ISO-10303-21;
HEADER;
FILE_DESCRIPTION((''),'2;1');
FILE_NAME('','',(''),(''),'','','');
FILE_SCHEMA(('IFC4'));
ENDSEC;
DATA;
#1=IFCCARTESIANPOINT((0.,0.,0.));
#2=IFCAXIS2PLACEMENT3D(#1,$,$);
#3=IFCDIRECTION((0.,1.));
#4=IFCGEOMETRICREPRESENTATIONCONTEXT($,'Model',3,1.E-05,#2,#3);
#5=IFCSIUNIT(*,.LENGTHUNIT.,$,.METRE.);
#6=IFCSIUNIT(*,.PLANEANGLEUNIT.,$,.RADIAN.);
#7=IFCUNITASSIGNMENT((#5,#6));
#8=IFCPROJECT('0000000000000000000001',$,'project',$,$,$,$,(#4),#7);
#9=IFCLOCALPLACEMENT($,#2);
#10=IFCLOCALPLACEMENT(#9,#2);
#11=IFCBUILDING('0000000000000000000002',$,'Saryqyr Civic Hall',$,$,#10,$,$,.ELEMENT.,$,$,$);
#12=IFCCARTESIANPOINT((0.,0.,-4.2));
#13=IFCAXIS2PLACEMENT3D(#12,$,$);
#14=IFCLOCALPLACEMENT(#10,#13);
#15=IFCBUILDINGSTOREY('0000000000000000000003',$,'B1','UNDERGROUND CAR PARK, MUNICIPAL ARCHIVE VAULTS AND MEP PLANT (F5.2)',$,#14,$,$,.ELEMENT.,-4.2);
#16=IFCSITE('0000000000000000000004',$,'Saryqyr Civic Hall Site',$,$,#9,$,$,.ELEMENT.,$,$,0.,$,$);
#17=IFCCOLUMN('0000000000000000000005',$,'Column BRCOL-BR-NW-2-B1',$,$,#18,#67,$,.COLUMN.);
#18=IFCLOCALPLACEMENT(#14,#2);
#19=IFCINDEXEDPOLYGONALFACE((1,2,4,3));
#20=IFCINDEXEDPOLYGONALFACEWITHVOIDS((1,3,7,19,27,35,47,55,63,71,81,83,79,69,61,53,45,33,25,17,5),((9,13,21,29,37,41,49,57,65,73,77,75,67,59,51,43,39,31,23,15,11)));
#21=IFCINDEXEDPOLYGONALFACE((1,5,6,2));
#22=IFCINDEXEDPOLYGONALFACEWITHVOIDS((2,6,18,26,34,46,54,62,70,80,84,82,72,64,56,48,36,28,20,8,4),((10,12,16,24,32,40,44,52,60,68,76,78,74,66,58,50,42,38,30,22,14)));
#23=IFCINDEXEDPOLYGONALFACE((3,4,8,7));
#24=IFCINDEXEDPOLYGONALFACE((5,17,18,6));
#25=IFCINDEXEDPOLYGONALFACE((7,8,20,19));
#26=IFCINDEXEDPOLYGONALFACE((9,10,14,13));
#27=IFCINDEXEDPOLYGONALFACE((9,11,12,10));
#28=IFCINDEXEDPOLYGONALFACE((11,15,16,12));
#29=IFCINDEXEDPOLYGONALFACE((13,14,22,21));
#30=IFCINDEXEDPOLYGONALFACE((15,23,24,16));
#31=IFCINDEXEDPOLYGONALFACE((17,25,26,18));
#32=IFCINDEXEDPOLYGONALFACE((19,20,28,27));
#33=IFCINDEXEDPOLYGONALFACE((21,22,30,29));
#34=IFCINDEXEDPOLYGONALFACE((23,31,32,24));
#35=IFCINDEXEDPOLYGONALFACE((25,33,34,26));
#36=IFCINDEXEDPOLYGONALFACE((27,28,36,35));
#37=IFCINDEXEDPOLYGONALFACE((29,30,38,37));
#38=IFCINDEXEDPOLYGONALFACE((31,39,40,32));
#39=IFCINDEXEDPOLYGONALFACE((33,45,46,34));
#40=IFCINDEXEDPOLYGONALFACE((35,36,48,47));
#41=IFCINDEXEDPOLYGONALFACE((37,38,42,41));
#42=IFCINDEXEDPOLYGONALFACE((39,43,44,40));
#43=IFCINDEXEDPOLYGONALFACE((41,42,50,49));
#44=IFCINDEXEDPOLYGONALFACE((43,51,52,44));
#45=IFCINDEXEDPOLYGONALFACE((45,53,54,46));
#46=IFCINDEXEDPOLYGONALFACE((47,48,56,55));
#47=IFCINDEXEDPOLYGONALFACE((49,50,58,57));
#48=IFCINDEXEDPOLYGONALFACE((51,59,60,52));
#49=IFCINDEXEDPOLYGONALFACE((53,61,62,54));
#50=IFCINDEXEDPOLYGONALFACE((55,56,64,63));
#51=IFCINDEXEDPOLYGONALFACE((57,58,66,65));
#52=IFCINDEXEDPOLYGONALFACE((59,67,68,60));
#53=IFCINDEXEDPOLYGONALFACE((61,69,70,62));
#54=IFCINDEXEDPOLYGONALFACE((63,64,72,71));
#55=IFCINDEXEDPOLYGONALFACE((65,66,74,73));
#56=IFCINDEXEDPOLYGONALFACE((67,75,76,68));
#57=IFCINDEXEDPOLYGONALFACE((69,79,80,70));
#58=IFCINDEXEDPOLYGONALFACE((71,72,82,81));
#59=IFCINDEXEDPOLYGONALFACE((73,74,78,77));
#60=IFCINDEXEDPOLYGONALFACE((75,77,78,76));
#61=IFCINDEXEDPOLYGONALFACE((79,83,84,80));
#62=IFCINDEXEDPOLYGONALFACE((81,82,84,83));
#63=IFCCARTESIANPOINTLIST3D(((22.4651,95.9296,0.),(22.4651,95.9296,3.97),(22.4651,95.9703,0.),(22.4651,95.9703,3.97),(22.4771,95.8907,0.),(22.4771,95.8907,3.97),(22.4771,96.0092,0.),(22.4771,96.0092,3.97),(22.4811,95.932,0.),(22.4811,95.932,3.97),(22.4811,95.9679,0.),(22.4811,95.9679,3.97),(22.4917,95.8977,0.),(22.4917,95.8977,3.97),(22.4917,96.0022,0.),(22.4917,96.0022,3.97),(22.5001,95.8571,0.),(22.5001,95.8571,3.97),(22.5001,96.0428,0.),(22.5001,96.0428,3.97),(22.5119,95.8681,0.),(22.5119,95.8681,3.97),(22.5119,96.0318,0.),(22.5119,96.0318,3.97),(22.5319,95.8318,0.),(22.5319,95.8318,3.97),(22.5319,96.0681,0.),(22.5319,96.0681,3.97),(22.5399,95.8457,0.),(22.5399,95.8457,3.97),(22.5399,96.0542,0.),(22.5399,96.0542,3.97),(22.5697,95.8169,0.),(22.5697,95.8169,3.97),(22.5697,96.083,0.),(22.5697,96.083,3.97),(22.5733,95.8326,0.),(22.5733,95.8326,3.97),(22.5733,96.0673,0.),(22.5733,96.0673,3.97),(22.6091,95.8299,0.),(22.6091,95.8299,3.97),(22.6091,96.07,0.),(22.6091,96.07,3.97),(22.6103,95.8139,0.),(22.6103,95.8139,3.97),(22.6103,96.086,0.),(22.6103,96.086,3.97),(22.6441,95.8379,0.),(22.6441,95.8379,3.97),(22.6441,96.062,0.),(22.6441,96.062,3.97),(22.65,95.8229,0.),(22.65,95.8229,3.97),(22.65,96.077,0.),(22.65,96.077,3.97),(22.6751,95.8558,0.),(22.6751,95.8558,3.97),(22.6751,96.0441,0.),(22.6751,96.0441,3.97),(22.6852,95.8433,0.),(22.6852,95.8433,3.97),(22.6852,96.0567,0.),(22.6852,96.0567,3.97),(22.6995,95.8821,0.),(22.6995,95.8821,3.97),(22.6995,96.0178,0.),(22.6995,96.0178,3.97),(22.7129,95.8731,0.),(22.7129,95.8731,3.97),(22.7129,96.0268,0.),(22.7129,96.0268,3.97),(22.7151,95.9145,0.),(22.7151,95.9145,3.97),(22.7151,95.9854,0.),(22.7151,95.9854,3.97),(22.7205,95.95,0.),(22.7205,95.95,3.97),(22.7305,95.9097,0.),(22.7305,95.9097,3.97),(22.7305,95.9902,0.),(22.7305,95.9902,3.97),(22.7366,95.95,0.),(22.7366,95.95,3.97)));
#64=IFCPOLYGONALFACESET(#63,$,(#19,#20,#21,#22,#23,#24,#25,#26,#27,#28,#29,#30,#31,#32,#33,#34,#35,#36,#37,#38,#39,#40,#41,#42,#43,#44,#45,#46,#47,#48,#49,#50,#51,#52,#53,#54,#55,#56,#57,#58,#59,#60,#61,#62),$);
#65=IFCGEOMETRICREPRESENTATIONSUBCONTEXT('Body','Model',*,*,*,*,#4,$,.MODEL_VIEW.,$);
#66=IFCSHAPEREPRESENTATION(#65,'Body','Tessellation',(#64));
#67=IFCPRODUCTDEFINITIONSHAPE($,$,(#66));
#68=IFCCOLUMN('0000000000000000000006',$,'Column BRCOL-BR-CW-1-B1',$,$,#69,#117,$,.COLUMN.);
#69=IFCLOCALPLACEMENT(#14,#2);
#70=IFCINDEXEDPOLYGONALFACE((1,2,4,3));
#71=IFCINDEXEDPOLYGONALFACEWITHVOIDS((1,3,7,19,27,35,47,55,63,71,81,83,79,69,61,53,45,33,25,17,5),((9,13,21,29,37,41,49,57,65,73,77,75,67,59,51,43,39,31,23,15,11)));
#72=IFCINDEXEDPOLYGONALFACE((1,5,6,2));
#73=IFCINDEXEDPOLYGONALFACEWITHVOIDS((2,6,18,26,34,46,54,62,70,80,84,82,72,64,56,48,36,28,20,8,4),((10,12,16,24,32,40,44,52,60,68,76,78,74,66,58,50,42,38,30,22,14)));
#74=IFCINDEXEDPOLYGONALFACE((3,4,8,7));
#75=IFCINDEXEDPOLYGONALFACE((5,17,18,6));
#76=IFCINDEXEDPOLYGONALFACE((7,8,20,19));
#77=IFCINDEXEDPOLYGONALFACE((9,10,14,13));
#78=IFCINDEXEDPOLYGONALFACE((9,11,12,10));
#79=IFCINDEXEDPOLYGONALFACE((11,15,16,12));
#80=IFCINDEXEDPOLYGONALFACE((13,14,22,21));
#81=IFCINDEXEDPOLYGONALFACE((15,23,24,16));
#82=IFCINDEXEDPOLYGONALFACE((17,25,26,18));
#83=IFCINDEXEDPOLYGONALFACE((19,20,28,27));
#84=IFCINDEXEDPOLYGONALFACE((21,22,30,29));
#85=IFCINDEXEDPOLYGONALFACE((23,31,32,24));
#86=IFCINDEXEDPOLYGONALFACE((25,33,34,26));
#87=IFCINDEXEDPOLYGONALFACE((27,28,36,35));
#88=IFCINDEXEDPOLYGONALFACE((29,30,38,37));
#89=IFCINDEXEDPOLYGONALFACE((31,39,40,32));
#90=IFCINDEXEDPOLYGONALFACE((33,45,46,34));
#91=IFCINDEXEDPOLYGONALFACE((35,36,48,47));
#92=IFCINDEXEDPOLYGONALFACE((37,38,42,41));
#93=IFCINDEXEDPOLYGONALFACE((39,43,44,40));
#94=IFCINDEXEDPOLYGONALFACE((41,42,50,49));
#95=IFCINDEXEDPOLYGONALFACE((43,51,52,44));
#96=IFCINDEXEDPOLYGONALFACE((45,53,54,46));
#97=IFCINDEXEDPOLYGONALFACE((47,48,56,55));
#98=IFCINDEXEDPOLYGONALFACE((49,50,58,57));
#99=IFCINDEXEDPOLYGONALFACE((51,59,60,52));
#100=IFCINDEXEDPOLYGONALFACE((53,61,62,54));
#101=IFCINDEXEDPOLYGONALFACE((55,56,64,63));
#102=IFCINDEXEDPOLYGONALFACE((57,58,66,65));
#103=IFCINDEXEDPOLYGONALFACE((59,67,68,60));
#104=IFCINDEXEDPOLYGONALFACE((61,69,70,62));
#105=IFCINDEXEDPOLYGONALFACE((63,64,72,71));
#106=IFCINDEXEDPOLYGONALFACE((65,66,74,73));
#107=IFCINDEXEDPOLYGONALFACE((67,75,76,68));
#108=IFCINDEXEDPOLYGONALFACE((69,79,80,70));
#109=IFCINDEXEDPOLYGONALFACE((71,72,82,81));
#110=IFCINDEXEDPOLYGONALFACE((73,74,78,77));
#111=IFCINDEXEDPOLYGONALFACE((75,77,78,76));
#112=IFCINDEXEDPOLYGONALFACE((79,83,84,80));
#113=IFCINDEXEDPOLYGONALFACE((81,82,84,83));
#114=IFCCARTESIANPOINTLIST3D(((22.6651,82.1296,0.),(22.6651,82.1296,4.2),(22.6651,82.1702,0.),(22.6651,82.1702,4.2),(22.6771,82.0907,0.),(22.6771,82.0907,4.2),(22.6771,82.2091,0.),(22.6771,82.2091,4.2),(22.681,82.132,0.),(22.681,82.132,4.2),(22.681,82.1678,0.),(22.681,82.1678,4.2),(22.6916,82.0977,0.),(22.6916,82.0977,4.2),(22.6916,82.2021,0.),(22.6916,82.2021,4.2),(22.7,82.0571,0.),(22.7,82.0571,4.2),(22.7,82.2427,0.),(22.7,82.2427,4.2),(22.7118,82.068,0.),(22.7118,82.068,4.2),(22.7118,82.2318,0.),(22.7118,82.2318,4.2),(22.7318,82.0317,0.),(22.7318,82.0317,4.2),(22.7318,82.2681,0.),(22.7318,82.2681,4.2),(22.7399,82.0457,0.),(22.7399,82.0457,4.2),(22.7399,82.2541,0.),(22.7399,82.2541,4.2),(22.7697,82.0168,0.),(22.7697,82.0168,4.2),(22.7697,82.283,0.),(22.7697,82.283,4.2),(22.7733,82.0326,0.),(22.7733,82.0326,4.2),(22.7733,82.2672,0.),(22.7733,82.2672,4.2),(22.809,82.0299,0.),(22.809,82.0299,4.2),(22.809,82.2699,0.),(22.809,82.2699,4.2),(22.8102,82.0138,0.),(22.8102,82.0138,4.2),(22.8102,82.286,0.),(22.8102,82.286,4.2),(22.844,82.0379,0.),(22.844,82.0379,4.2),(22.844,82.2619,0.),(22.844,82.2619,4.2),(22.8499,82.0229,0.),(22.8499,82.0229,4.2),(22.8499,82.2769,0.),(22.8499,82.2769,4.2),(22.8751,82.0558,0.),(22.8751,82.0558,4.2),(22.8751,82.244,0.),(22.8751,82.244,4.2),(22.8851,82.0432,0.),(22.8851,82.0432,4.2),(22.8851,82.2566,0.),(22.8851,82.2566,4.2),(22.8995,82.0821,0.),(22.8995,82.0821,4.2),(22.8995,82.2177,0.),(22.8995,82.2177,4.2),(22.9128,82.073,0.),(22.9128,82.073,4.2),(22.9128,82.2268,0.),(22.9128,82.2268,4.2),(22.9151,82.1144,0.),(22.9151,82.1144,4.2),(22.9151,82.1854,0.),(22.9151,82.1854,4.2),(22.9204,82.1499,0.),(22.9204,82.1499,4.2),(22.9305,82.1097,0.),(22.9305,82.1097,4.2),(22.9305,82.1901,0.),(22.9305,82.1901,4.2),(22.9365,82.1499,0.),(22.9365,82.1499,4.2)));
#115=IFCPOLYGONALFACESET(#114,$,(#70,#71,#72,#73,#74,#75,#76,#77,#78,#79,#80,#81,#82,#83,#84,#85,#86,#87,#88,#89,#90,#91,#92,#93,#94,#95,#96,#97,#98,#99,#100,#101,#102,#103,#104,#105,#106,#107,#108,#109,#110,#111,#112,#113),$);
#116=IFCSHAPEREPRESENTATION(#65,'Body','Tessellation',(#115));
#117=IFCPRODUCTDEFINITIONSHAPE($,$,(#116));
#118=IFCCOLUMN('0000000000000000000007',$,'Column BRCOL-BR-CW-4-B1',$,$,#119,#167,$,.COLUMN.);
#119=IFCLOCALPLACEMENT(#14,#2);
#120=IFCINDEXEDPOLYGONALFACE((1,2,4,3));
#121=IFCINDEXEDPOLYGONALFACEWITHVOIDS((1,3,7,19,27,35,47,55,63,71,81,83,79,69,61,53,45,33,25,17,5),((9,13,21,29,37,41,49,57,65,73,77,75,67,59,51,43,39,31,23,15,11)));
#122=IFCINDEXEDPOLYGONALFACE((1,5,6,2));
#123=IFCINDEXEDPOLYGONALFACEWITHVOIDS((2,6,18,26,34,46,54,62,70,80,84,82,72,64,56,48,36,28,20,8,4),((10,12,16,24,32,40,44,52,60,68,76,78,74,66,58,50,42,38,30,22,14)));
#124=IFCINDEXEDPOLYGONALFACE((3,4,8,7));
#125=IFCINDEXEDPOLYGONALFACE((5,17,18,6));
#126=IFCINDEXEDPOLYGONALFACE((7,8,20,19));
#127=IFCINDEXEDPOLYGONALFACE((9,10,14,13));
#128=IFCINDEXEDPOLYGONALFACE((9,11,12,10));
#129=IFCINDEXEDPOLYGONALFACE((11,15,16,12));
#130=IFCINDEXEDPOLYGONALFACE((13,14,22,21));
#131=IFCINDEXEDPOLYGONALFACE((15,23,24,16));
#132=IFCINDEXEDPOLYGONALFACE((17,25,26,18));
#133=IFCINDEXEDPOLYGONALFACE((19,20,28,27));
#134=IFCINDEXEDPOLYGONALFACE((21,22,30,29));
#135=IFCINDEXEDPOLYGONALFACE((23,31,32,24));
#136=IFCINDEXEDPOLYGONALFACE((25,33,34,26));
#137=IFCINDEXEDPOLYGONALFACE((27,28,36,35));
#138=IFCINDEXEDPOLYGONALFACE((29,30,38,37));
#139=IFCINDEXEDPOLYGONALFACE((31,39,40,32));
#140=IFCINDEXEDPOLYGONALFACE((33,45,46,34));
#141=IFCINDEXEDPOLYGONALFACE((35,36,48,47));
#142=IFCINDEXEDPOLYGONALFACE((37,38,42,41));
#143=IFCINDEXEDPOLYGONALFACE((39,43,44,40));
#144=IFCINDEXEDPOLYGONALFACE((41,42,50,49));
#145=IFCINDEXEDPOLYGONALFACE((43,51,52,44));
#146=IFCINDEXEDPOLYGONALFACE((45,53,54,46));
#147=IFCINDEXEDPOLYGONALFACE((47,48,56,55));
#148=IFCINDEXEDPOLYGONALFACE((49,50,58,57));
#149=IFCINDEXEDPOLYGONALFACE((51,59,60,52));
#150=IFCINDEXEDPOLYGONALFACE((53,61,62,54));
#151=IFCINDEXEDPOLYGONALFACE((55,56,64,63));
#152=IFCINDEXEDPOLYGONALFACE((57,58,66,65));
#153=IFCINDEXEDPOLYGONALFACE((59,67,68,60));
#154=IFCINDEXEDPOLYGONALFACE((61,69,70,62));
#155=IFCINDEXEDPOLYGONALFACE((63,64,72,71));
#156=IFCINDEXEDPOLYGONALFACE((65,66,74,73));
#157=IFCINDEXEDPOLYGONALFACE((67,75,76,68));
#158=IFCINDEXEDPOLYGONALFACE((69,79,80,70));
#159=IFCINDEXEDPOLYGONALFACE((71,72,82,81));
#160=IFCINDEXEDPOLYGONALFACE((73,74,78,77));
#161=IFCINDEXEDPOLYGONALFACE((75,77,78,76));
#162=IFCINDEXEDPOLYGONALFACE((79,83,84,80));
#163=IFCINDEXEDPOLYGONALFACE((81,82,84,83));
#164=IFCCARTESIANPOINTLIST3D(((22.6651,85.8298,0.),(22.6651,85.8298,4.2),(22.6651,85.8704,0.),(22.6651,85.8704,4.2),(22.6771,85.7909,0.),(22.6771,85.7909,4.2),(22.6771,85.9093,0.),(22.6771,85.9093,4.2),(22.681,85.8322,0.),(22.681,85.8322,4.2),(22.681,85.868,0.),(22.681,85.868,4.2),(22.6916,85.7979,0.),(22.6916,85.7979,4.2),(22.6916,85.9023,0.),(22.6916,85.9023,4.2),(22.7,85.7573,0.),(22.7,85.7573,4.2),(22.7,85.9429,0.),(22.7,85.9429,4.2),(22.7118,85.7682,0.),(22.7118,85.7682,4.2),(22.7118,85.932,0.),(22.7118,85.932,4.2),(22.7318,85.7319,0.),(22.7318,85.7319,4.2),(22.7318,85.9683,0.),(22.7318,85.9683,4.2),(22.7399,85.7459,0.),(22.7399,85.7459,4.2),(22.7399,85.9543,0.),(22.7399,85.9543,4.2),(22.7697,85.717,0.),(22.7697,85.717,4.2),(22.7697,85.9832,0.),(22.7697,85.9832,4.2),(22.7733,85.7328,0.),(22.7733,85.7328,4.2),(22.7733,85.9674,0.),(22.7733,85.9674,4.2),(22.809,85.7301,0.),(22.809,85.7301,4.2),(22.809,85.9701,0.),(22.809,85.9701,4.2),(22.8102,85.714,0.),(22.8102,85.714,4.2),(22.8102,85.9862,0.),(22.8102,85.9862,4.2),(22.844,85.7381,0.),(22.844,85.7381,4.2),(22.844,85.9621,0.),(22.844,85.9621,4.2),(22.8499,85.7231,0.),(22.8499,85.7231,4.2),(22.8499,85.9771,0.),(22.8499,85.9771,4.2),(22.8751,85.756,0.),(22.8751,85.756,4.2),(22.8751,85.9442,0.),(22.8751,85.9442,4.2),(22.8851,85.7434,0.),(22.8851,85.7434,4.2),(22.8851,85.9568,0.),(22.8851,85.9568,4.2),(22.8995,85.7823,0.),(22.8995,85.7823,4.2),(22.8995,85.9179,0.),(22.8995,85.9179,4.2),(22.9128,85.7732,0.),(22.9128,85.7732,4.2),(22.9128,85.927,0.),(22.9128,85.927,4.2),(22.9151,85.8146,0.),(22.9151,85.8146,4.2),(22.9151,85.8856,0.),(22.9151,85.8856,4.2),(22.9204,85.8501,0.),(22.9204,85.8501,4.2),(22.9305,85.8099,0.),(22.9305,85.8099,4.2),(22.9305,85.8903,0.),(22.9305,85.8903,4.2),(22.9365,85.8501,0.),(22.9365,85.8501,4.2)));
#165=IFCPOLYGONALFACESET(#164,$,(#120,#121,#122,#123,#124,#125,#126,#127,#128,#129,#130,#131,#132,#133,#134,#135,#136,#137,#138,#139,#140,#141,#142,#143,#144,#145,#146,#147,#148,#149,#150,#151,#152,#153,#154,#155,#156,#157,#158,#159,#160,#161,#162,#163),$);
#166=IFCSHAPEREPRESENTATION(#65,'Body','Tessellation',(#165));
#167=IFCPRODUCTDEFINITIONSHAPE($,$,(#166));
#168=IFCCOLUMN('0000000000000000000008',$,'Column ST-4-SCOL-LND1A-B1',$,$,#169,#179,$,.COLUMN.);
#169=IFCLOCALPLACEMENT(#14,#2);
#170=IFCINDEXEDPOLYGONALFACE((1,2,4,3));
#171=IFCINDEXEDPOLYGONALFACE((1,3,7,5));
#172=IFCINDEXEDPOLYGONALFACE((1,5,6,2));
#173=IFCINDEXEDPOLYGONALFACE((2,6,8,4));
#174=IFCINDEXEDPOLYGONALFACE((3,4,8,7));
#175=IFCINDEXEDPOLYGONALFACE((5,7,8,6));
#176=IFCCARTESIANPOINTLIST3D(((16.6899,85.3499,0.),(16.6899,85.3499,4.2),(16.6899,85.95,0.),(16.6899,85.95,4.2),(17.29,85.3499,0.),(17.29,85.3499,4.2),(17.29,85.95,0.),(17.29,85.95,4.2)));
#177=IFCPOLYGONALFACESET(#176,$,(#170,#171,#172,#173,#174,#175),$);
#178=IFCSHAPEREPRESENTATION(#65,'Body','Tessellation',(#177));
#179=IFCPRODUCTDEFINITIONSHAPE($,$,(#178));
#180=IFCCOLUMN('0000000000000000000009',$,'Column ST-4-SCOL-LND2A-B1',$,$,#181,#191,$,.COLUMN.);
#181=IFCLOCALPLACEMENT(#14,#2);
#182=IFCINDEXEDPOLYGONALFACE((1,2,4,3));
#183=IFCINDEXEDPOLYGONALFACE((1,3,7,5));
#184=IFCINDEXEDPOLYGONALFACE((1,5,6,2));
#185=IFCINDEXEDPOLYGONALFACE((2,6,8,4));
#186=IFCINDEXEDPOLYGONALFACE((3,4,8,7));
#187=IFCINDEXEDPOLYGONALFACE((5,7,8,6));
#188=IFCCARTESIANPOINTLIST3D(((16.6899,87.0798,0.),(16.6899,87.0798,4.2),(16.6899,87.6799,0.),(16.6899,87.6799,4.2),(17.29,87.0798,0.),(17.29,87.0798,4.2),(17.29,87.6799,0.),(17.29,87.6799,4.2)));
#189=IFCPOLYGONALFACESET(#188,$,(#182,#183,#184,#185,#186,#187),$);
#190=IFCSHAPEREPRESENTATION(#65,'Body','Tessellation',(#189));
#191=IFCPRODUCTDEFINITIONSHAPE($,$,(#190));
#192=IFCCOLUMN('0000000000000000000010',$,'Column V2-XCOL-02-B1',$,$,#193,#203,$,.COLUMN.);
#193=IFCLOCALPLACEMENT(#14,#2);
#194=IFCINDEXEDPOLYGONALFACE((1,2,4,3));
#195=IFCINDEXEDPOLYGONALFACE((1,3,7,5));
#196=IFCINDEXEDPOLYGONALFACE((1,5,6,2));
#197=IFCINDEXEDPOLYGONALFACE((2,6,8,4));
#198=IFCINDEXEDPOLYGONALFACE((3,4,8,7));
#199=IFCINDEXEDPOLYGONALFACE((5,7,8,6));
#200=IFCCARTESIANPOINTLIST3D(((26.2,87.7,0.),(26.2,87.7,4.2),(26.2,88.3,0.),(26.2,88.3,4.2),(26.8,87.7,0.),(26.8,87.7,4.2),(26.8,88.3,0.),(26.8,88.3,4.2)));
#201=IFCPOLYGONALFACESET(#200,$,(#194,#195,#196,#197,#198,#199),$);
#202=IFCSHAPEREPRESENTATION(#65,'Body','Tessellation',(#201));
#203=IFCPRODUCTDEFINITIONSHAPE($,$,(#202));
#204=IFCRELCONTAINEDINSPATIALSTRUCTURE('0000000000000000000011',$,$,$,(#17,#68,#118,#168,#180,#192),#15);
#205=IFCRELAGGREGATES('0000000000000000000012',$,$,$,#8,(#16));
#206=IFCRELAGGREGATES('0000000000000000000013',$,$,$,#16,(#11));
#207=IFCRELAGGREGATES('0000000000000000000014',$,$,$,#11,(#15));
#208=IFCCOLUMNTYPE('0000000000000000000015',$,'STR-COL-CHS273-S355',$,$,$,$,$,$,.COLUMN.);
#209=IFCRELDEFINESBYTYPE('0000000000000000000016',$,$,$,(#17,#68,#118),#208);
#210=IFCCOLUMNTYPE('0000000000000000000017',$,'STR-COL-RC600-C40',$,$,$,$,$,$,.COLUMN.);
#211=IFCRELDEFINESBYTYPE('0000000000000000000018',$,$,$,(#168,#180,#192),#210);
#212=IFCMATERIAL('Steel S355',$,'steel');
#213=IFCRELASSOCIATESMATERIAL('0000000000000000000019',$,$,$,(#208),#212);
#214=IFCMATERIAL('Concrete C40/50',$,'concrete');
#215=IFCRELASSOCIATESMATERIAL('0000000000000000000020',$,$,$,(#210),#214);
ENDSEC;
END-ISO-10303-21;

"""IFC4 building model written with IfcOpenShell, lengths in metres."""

from ifc_helpers import new_model, si_unit, direction, frame, origin, origin_2d, place, context, subcontext, project, spatial, rectangle, hollow_circle, extrude, material, material_profile, profile_set, type_object, element, save


model = new_model("IFC4")

# Units and contexts
model_context = context("Model", 3, precision=1e-05, world=origin(), true_north=direction((0.0, 1.0)))
body_context = subcontext(model_context, "Body", "Model", "MODEL_VIEW")
ifc_project = project(units=[si_unit("LENGTHUNIT", "METRE"), si_unit("PLANEANGLEUNIT", "RADIAN")], contexts=[model_context])

# Site, building, storey
site_placement = place(None, origin())
site = spatial("IfcSite", under=ifc_project, at=site_placement, Name="Saryqyr Civic Hall Site", CompositionType="ELEMENT", RefElevation=0.0)
building_placement = place(site_placement, origin())
building = spatial("IfcBuilding", under=site, at=building_placement, Name="Saryqyr Civic Hall", CompositionType="ELEMENT")
storey_placement = place(building_placement, frame((0.0, 0.0, -4.2)))
storey = spatial("IfcBuildingStorey", under=building, at=storey_placement, Name="B1", Description="UNDERGROUND CAR PARK, MUNICIPAL ARCHIVE VAULTS AND MEP PLANT (F5.2)", CompositionType="ELEMENT", Elevation=-4.2)

# Columns
ifc_material_1 = material(Name="Steel S355", Category="steel")
ifc_material_profile_1 = material_profile(ifc_material_1, hollow_circle(Radius=0.1365, WallThickness=0.0161, at=origin_2d()), Name="CHS 273x16")
ifc_profile_set_1 = profile_set([ifc_material_profile_1], Name="Steel S355")
column_type_1 = type_object("IfcColumnType", Name="STR-COL-CHS273-S355", PredefinedType="COLUMN", material=ifc_profile_set_1)
column_placement = place(storey_placement, frame((22.6001, 95.95, 0.0), z_axis=(0.0, 0.0, 1.0), x_axis=(1.0, 0.0, 0.0)))
element("IfcColumn", 1, at=column_placement, inside=storey, type_object=column_type_1, Name="Column BRCOL-BR-NW-2-B1", PredefinedType="COLUMN", context=body_context, shape_type="SweptSolid", body=[
    extrude(hollow_circle(Radius=0.1365, WallThickness=0.0161, at=origin_2d()), origin(), (0.0, 0.0, 1.0), 3.97),
])
for number, where, z_axis, x_axis, name in (
    (2, (22.8, 82.1499, 0.0), (0.0, 0.0, 1.0), (1.0, 0.0, 0.0), "Column BRCOL-BR-CW-1-B1"),
    (3, (22.8, 85.8501, 0.0), (0.0, 0.0, 1.0), (1.0, 0.0, 0.0), "Column BRCOL-BR-CW-4-B1"),
):
    element("IfcColumn", number, at=place(storey_placement, frame(where, z_axis=z_axis, x_axis=x_axis)), inside=storey, type_object=column_type_1, Name=name, PredefinedType="COLUMN", context=body_context, shape_type="SweptSolid", body=[
        extrude(hollow_circle(Radius=0.1365, WallThickness=0.0161, at=origin_2d()), origin(), (0.0, 0.0, 1.0), 4.2),
    ])
ifc_material_2 = material(Name="Concrete C40/50", Category="concrete")
ifc_material_profile_2 = material_profile(ifc_material_2, rectangle(XDim=0.6001, YDim=0.6001, at=origin_2d()), Name="RC 600x600")
ifc_profile_set_2 = profile_set([ifc_material_profile_2], Name="Concrete C40/50")
column_type_2 = type_object("IfcColumnType", Name="STR-COL-RC600-C40", PredefinedType="COLUMN", material=ifc_profile_set_2)
for number, where, z_axis, x_axis, name in (
    (4, (16.99, 85.6499, 0.0), (0.0, 0.0, 1.0), (1.0, 0.0, 0.0), "Column ST-4-SCOL-LND1A-B1"),
    (5, (16.99, 87.3799, 0.0), (0.0, 0.0, 1.0), (1.0, 0.0, 0.0), "Column ST-4-SCOL-LND2A-B1"),
    (6, (26.5, 88.0, 0.0), (0.0, 0.0, 1.0), (1.0, 0.0, 0.0), "Column V2-XCOL-02-B1"),
):
    element("IfcColumn", number, at=place(storey_placement, frame(where, z_axis=z_axis, x_axis=x_axis)), inside=storey, type_object=column_type_2, Name=name, PredefinedType="COLUMN", context=body_context, shape_type="SweptSolid", body=[
        extrude(rectangle(XDim=0.6001, YDim=0.6001, at=origin_2d()), origin(), (0.0, 0.0, 1.0), 4.2),
    ])

save(model, "model.ifc")
